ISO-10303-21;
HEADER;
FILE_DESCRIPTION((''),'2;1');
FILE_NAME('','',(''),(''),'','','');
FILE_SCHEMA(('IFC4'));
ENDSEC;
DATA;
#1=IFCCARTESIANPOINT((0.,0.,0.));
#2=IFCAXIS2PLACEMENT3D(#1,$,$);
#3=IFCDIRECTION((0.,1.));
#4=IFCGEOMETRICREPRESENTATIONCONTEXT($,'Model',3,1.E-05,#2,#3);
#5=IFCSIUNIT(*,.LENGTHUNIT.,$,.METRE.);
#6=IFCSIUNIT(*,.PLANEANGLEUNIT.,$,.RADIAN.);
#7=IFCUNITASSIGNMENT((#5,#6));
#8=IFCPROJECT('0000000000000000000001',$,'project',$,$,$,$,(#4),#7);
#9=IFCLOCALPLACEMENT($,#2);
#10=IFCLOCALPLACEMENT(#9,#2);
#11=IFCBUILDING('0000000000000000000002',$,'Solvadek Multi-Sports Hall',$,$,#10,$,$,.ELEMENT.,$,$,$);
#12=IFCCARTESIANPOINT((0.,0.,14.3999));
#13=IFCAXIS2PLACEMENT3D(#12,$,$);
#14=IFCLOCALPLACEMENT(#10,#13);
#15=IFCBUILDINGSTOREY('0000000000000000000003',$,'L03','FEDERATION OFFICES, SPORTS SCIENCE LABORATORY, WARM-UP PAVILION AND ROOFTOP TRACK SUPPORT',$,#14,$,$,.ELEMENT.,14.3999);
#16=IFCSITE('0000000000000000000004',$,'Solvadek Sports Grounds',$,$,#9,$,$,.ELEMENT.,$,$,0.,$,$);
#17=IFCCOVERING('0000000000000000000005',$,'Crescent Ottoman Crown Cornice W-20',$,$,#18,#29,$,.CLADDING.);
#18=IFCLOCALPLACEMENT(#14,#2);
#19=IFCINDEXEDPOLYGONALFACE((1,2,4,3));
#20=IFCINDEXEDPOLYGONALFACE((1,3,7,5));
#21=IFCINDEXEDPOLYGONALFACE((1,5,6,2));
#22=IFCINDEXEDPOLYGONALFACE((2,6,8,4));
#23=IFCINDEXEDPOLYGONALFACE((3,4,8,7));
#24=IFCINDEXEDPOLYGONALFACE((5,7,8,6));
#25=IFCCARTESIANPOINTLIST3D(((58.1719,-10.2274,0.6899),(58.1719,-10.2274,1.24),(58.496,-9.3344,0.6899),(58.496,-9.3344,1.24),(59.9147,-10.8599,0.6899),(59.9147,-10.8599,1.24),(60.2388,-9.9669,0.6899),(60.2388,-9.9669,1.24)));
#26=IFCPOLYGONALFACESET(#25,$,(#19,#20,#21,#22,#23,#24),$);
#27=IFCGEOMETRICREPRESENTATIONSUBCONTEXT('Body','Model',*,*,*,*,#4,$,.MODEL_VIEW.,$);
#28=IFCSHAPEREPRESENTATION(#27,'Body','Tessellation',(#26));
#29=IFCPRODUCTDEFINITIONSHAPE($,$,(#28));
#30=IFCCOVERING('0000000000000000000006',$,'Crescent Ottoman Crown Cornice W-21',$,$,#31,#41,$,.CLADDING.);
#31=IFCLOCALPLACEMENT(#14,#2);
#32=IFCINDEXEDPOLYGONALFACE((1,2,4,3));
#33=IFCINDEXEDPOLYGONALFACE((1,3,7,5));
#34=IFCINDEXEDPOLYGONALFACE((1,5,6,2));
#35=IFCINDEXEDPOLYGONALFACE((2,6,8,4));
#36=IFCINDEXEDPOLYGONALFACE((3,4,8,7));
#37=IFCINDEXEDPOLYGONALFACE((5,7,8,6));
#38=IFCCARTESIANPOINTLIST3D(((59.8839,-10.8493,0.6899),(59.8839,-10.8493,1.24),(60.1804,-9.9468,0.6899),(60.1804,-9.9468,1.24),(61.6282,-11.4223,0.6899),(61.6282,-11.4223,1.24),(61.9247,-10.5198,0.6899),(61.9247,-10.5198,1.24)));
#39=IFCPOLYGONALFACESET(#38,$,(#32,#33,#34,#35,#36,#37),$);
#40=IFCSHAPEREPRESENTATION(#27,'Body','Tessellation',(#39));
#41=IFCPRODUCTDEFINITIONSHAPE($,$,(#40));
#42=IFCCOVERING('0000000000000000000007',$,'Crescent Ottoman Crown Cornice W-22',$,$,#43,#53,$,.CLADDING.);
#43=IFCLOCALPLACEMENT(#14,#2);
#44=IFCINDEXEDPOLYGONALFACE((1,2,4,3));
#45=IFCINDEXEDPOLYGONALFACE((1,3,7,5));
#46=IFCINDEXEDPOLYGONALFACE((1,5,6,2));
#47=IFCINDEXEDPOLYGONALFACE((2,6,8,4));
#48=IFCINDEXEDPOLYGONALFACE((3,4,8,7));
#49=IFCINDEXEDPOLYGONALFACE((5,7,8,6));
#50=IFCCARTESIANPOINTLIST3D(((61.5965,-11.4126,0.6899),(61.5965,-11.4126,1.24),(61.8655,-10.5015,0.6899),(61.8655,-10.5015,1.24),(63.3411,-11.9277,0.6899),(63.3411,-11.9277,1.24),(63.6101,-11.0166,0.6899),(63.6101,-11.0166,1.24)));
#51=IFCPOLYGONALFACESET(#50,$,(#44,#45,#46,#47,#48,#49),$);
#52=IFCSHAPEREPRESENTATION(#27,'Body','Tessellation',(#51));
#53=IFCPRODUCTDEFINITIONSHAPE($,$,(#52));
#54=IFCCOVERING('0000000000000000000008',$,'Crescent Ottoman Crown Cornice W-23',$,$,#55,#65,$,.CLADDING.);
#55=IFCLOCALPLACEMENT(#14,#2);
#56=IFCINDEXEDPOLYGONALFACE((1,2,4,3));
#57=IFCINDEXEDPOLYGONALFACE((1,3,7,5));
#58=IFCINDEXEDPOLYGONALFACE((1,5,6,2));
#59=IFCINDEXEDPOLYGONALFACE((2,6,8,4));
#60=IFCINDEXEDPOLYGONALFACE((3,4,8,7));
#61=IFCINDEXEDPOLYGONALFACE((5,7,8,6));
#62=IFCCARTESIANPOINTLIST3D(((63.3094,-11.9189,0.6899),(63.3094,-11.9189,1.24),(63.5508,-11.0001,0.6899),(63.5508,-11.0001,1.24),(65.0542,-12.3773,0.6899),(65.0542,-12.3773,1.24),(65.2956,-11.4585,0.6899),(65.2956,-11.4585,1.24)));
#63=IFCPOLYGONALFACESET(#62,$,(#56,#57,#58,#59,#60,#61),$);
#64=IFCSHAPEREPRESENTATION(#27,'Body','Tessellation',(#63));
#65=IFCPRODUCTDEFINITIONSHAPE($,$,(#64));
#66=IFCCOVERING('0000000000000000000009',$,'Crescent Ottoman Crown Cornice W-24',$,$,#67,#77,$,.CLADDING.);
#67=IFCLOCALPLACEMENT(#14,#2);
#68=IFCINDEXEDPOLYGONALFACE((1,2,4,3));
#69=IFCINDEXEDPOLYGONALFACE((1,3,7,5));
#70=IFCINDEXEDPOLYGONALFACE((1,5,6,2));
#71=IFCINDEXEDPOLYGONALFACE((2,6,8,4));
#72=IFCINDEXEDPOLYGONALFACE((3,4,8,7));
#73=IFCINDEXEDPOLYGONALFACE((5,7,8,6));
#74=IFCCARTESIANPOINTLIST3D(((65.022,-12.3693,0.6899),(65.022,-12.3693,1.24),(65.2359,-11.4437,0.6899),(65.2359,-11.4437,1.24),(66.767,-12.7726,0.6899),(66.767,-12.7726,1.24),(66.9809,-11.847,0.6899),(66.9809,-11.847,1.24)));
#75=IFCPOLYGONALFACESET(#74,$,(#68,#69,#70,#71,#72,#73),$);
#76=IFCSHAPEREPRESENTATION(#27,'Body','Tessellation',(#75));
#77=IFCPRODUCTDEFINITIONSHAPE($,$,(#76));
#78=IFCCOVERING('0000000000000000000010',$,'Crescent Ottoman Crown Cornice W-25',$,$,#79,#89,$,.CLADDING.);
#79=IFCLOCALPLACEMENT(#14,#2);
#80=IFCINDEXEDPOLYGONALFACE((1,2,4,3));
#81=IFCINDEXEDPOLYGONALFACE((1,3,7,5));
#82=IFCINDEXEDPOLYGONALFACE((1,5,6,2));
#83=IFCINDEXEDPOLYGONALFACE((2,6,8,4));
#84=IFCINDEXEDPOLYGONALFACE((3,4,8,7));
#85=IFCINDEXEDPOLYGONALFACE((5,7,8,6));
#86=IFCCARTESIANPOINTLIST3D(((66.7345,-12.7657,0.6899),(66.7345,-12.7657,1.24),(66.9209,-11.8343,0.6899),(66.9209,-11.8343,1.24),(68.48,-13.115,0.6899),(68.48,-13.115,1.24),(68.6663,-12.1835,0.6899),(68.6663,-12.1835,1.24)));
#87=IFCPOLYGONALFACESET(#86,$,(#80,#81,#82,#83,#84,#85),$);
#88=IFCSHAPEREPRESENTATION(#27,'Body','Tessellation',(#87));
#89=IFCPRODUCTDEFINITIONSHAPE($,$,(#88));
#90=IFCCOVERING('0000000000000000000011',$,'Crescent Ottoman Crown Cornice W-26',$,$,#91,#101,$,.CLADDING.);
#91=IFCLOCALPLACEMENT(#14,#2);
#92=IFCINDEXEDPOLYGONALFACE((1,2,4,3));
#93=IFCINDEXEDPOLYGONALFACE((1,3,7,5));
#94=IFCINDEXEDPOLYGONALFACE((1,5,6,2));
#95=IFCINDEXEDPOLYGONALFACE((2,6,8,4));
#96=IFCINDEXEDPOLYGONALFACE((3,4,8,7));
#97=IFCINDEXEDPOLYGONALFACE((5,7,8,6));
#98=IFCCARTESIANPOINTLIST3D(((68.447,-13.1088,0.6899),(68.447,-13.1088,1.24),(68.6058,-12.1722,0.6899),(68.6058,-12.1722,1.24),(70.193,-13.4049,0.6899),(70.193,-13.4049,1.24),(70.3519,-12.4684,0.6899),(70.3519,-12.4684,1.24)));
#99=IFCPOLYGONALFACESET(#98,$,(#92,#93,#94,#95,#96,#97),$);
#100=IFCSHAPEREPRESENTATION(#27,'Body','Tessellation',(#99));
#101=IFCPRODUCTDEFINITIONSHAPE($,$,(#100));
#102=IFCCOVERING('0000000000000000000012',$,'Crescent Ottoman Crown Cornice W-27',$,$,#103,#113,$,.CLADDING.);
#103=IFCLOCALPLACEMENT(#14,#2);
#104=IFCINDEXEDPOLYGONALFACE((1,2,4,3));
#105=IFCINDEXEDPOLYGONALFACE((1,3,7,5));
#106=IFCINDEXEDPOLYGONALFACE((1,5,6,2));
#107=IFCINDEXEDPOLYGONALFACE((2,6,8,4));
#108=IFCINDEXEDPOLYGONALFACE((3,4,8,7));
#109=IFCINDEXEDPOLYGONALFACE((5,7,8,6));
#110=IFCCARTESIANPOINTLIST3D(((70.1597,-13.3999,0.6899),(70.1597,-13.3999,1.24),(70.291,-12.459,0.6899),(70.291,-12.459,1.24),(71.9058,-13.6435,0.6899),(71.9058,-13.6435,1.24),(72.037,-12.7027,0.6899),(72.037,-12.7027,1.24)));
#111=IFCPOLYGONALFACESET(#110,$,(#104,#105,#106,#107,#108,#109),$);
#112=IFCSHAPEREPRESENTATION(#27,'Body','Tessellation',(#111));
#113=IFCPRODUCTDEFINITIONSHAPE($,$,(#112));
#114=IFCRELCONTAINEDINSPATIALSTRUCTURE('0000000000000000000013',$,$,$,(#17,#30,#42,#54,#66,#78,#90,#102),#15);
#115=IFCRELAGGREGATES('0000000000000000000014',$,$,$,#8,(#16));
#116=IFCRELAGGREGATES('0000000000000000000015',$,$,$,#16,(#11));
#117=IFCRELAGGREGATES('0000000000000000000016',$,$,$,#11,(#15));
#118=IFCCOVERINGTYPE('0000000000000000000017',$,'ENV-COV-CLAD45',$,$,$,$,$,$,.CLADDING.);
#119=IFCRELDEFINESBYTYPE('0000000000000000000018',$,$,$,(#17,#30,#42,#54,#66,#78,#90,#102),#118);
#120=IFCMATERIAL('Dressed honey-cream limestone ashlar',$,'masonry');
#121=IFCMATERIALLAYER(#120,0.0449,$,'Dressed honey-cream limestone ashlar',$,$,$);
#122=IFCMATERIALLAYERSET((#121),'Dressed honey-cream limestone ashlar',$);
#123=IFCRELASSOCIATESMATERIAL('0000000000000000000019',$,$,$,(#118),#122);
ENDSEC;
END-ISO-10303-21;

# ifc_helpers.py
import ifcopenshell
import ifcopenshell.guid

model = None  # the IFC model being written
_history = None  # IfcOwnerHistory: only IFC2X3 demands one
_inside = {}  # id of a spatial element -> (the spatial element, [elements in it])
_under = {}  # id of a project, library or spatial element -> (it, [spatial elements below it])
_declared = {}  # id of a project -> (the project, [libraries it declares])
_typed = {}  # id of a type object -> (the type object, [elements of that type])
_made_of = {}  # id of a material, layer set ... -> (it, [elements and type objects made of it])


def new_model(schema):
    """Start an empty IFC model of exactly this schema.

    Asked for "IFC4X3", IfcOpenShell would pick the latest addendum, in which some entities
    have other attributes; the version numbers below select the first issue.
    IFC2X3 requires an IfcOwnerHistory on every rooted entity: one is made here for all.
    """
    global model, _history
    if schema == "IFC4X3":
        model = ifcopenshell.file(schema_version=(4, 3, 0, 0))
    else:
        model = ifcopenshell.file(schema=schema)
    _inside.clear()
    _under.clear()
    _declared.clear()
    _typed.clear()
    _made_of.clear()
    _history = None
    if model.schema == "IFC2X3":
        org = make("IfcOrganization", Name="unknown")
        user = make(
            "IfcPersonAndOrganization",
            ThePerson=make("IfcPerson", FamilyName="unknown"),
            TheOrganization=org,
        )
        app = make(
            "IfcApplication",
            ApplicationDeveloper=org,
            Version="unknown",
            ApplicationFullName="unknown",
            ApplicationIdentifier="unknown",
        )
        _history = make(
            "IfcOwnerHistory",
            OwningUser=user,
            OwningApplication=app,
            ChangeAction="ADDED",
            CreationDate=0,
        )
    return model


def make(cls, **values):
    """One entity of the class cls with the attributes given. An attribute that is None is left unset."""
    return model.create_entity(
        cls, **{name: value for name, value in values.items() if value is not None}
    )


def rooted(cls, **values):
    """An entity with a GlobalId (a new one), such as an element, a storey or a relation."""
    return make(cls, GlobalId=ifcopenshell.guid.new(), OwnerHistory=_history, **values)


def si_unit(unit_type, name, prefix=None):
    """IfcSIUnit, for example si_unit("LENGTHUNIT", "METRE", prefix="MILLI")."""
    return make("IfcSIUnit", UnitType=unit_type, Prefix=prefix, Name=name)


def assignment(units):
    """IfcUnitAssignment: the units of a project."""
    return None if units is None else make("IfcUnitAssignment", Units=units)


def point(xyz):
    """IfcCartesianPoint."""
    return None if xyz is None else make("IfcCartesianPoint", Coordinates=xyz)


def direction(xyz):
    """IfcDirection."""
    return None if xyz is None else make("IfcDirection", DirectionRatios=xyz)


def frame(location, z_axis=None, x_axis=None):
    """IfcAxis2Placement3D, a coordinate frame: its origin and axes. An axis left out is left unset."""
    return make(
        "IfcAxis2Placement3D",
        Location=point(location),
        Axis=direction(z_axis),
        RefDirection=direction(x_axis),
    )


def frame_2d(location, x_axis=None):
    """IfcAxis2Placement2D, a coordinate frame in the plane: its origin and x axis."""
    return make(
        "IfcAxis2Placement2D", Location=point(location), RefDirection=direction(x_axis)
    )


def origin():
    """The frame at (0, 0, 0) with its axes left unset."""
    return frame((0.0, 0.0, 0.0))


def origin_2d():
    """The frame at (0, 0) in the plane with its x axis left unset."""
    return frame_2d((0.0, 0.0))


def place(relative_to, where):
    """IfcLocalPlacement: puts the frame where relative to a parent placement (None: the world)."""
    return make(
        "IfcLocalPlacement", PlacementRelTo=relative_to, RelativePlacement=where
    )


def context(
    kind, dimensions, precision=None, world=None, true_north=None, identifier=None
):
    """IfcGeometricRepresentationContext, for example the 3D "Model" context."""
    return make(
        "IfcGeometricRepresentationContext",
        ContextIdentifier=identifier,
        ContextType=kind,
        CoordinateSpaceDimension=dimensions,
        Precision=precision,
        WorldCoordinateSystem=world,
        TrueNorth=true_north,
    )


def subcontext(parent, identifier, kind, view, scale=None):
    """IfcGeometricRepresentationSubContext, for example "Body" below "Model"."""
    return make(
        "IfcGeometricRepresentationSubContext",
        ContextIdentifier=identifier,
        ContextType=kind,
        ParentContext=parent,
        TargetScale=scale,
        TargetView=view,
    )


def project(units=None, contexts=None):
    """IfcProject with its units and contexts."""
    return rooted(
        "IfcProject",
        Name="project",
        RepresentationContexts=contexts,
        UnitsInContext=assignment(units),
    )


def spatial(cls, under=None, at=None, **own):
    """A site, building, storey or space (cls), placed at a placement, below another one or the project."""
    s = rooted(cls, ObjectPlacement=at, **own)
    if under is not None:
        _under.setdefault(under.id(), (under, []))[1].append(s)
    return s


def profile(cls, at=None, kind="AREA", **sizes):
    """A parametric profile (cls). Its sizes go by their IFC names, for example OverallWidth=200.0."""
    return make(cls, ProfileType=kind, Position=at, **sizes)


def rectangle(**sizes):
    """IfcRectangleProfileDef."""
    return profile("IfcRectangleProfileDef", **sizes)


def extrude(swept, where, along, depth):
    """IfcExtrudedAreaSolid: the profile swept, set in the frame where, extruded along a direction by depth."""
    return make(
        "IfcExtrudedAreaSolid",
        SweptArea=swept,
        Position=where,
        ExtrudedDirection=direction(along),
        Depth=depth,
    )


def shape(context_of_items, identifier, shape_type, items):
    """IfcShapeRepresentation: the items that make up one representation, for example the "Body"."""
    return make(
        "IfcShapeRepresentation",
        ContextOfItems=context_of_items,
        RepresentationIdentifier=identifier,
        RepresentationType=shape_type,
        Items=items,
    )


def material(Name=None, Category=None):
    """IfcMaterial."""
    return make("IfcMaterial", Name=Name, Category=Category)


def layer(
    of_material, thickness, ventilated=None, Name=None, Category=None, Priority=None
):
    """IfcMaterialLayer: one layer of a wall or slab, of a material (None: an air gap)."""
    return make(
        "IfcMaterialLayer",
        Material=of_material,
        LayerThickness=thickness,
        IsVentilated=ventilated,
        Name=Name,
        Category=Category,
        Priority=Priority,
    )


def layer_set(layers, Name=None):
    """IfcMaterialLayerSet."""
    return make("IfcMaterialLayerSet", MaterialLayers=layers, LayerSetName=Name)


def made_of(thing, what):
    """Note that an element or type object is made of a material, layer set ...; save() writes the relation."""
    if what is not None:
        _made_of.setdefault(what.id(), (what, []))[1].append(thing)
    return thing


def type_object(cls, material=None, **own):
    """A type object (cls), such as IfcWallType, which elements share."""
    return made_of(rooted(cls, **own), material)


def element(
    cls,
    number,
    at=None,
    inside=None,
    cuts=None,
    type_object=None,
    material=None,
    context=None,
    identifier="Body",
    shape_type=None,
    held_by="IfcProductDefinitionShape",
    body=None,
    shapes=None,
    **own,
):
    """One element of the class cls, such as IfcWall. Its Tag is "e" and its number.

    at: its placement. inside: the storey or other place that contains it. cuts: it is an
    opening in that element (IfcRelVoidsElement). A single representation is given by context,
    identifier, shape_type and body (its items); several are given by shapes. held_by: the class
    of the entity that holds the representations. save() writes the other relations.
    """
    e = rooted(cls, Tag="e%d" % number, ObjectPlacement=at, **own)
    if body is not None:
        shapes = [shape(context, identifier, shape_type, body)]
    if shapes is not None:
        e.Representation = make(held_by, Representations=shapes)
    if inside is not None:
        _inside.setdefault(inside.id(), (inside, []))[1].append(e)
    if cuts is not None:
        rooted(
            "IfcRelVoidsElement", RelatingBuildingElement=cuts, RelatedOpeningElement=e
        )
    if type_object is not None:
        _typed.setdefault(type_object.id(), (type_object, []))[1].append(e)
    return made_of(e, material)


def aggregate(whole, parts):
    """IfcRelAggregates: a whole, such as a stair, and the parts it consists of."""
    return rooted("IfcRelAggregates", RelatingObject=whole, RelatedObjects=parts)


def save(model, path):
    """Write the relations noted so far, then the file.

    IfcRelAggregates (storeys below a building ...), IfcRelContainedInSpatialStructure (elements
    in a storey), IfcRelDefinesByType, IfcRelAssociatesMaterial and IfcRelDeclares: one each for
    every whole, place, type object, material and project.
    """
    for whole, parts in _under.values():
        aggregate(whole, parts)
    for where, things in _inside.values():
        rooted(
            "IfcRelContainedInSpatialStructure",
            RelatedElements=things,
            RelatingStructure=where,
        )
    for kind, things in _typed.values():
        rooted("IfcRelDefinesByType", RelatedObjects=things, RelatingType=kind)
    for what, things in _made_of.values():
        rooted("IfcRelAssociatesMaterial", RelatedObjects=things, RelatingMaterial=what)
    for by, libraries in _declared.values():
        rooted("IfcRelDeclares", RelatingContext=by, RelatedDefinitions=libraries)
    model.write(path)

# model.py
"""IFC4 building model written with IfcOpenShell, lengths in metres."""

from ifc_helpers import new_model, si_unit, direction, frame, origin, origin_2d, place, context, subcontext, project, spatial, rectangle, extrude, material, layer, layer_set, type_object, element, save


model = new_model("IFC4")

# Units and contexts
model_context = context("Model", 3, precision=1e-05, world=origin(), true_north=direction((0.0, 1.0)))
body_context = subcontext(model_context, "Body", "Model", "MODEL_VIEW")
ifc_project = project(units=[si_unit("LENGTHUNIT", "METRE"), si_unit("PLANEANGLEUNIT", "RADIAN")], contexts=[model_context])

# Site, building, storey
site_placement = place(None, origin())
site = spatial("IfcSite", under=ifc_project, at=site_placement, Name="Solvadek Sports Grounds", CompositionType="ELEMENT", RefElevation=0.0)
building_placement = place(site_placement, origin())
building = spatial("IfcBuilding", under=site, at=building_placement, Name="Solvadek Multi-Sports Hall", CompositionType="ELEMENT")
storey_placement = place(building_placement, frame((0.0, 0.0, 14.3999)))
storey = spatial("IfcBuildingStorey", under=building, at=storey_placement, Name="L03", Description="FEDERATION OFFICES, SPORTS SCIENCE LABORATORY, WARM-UP PAVILION AND ROOFTOP TRACK SUPPORT", CompositionType="ELEMENT", Elevation=14.3999)

# Shared definitions
ifc_material_1 = material(Name="Dressed honey-cream limestone ashlar", Category="masonry")

# Coverings
ifc_layer_1 = layer(ifc_material_1, 0.0449, Name="Dressed honey-cream limestone ashlar")
ifc_layer_set_1 = layer_set([ifc_layer_1], Name="Dressed honey-cream limestone ashlar")
covering_type = type_object("IfcCoveringType", Name="ENV-COV-CLAD45", PredefinedType="CLADDING", material=ifc_layer_set_1)
covering_1_placement = place(storey_placement, frame((59.2053, -10.0972, 0.6899), z_axis=(0.0, 0.0, 1.0), x_axis=(0.940005, -0.341161, 0.0)))
element("IfcCovering", 1, at=covering_1_placement, inside=storey, type_object=covering_type, Name="Crescent Ottoman Crown Cornice W-20", PredefinedType="CLADDING", context=body_context, shape_type="SweptSolid", body=[
    extrude(rectangle(XDim=1.854, YDim=0.95, at=origin_2d()), origin(), (0.0, 0.0, 1.0), 0.55),
])
covering_2_placement = place(storey_placement, frame((60.9043, -10.6846, 0.6899), z_axis=(0.0, 0.0, 1.0), x_axis=(0.950043, -0.312119, 0.0)))
element("IfcCovering", 2, at=covering_2_placement, inside=storey, type_object=covering_type, Name="Crescent Ottoman Crown Cornice W-21", PredefinedType="CLADDING", context=body_context, shape_type="SweptSolid", body=[
    extrude(rectangle(XDim=1.8359, YDim=0.95, at=origin_2d()), origin(), (0.0, 0.0, 1.0), 0.55),
])
covering_3_placement = place(storey_placement, frame((62.6033, -11.2146, 0.6899), z_axis=(0.0, 0.0, 1.0), x_axis=(0.959064, -0.283188, 0.0)))
element("IfcCovering", 3, at=covering_3_placement, inside=storey, type_object=covering_type, Name="Crescent Ottoman Crown Cornice W-22", PredefinedType="CLADDING", context=body_context, shape_type="SweptSolid", body=[
    extrude(rectangle(XDim=1.8191, YDim=0.95, at=origin_2d()), origin(), (0.0, 0.0, 1.0), 0.55),
])
covering_4_placement = place(storey_placement, frame((64.3025, -11.6887, 0.6899), z_axis=(0.0, 0.0, 1.0), x_axis=(0.967173, -0.254121, 0.0)))
element("IfcCovering", 4, at=covering_4_placement, inside=storey, type_object=covering_type, Name="Crescent Ottoman Crown Cornice W-23", PredefinedType="CLADDING", context=body_context, shape_type="SweptSolid", body=[
    extrude(rectangle(XDim=1.804, YDim=0.95, at=origin_2d()), origin(), (0.0, 0.0, 1.0), 0.55),
])
covering_5_placement = place(storey_placement, frame((66.0015, -12.1082, 0.6899), z_axis=(0.0, 0.0, 1.0), x_axis=(0.974313, -0.225197, 0.0)))
element("IfcCovering", 5, at=covering_5_placement, inside=storey, type_object=covering_type, Name="Crescent Ottoman Crown Cornice W-24", PredefinedType="CLADDING", context=body_context, shape_type="SweptSolid", body=[
    extrude(rectangle(XDim=1.791, YDim=0.95, at=origin_2d()), origin(), (0.0, 0.0, 1.0), 0.55),
])
covering_6_placement = place(storey_placement, frame((67.7004, -12.4746, 0.6899), z_axis=(0.0, 0.0, 1.0), x_axis=(0.980567, -0.196183, 0.0)))
element("IfcCovering", 6, at=covering_6_placement, inside=storey, type_object=covering_type, Name="Crescent Ottoman Crown Cornice W-25", PredefinedType="CLADDING", context=body_context, shape_type="SweptSolid", body=[
    extrude(rectangle(XDim=1.78, YDim=0.95, at=origin_2d()), origin(), (0.0, 0.0, 1.0), 0.55),
])
covering_7_placement = place(storey_placement, frame((69.3994, -12.7886, 0.6899), z_axis=(0.0, 0.0, 1.0), x_axis=(0.985919, -0.167223, 0.0)))
element("IfcCovering", 7, at=covering_7_placement, inside=storey, type_object=covering_type, Name="Crescent Ottoman Crown Cornice W-26", PredefinedType="CLADDING", context=body_context, shape_type="SweptSolid", body=[
    extrude(rectangle(XDim=1.771, YDim=0.95, at=origin_2d()), origin(), (0.0, 0.0, 1.0), 0.55),
])
covering_8_placement = place(storey_placement, frame((71.0984, -13.0513, 0.6899), z_axis=(0.0, 0.0, 1.0), x_axis=(0.990403, -0.138207, 0.0)))
element("IfcCovering", 8, at=covering_8_placement, inside=storey, type_object=covering_type, Name="Crescent Ottoman Crown Cornice W-27", PredefinedType="CLADDING", context=body_context, shape_type="SweptSolid", body=[
    extrude(rectangle(XDim=1.7629, YDim=0.95, at=origin_2d()), origin(), (0.0, 0.0, 1.0), 0.55),
])

save(model, "model.ifc")
